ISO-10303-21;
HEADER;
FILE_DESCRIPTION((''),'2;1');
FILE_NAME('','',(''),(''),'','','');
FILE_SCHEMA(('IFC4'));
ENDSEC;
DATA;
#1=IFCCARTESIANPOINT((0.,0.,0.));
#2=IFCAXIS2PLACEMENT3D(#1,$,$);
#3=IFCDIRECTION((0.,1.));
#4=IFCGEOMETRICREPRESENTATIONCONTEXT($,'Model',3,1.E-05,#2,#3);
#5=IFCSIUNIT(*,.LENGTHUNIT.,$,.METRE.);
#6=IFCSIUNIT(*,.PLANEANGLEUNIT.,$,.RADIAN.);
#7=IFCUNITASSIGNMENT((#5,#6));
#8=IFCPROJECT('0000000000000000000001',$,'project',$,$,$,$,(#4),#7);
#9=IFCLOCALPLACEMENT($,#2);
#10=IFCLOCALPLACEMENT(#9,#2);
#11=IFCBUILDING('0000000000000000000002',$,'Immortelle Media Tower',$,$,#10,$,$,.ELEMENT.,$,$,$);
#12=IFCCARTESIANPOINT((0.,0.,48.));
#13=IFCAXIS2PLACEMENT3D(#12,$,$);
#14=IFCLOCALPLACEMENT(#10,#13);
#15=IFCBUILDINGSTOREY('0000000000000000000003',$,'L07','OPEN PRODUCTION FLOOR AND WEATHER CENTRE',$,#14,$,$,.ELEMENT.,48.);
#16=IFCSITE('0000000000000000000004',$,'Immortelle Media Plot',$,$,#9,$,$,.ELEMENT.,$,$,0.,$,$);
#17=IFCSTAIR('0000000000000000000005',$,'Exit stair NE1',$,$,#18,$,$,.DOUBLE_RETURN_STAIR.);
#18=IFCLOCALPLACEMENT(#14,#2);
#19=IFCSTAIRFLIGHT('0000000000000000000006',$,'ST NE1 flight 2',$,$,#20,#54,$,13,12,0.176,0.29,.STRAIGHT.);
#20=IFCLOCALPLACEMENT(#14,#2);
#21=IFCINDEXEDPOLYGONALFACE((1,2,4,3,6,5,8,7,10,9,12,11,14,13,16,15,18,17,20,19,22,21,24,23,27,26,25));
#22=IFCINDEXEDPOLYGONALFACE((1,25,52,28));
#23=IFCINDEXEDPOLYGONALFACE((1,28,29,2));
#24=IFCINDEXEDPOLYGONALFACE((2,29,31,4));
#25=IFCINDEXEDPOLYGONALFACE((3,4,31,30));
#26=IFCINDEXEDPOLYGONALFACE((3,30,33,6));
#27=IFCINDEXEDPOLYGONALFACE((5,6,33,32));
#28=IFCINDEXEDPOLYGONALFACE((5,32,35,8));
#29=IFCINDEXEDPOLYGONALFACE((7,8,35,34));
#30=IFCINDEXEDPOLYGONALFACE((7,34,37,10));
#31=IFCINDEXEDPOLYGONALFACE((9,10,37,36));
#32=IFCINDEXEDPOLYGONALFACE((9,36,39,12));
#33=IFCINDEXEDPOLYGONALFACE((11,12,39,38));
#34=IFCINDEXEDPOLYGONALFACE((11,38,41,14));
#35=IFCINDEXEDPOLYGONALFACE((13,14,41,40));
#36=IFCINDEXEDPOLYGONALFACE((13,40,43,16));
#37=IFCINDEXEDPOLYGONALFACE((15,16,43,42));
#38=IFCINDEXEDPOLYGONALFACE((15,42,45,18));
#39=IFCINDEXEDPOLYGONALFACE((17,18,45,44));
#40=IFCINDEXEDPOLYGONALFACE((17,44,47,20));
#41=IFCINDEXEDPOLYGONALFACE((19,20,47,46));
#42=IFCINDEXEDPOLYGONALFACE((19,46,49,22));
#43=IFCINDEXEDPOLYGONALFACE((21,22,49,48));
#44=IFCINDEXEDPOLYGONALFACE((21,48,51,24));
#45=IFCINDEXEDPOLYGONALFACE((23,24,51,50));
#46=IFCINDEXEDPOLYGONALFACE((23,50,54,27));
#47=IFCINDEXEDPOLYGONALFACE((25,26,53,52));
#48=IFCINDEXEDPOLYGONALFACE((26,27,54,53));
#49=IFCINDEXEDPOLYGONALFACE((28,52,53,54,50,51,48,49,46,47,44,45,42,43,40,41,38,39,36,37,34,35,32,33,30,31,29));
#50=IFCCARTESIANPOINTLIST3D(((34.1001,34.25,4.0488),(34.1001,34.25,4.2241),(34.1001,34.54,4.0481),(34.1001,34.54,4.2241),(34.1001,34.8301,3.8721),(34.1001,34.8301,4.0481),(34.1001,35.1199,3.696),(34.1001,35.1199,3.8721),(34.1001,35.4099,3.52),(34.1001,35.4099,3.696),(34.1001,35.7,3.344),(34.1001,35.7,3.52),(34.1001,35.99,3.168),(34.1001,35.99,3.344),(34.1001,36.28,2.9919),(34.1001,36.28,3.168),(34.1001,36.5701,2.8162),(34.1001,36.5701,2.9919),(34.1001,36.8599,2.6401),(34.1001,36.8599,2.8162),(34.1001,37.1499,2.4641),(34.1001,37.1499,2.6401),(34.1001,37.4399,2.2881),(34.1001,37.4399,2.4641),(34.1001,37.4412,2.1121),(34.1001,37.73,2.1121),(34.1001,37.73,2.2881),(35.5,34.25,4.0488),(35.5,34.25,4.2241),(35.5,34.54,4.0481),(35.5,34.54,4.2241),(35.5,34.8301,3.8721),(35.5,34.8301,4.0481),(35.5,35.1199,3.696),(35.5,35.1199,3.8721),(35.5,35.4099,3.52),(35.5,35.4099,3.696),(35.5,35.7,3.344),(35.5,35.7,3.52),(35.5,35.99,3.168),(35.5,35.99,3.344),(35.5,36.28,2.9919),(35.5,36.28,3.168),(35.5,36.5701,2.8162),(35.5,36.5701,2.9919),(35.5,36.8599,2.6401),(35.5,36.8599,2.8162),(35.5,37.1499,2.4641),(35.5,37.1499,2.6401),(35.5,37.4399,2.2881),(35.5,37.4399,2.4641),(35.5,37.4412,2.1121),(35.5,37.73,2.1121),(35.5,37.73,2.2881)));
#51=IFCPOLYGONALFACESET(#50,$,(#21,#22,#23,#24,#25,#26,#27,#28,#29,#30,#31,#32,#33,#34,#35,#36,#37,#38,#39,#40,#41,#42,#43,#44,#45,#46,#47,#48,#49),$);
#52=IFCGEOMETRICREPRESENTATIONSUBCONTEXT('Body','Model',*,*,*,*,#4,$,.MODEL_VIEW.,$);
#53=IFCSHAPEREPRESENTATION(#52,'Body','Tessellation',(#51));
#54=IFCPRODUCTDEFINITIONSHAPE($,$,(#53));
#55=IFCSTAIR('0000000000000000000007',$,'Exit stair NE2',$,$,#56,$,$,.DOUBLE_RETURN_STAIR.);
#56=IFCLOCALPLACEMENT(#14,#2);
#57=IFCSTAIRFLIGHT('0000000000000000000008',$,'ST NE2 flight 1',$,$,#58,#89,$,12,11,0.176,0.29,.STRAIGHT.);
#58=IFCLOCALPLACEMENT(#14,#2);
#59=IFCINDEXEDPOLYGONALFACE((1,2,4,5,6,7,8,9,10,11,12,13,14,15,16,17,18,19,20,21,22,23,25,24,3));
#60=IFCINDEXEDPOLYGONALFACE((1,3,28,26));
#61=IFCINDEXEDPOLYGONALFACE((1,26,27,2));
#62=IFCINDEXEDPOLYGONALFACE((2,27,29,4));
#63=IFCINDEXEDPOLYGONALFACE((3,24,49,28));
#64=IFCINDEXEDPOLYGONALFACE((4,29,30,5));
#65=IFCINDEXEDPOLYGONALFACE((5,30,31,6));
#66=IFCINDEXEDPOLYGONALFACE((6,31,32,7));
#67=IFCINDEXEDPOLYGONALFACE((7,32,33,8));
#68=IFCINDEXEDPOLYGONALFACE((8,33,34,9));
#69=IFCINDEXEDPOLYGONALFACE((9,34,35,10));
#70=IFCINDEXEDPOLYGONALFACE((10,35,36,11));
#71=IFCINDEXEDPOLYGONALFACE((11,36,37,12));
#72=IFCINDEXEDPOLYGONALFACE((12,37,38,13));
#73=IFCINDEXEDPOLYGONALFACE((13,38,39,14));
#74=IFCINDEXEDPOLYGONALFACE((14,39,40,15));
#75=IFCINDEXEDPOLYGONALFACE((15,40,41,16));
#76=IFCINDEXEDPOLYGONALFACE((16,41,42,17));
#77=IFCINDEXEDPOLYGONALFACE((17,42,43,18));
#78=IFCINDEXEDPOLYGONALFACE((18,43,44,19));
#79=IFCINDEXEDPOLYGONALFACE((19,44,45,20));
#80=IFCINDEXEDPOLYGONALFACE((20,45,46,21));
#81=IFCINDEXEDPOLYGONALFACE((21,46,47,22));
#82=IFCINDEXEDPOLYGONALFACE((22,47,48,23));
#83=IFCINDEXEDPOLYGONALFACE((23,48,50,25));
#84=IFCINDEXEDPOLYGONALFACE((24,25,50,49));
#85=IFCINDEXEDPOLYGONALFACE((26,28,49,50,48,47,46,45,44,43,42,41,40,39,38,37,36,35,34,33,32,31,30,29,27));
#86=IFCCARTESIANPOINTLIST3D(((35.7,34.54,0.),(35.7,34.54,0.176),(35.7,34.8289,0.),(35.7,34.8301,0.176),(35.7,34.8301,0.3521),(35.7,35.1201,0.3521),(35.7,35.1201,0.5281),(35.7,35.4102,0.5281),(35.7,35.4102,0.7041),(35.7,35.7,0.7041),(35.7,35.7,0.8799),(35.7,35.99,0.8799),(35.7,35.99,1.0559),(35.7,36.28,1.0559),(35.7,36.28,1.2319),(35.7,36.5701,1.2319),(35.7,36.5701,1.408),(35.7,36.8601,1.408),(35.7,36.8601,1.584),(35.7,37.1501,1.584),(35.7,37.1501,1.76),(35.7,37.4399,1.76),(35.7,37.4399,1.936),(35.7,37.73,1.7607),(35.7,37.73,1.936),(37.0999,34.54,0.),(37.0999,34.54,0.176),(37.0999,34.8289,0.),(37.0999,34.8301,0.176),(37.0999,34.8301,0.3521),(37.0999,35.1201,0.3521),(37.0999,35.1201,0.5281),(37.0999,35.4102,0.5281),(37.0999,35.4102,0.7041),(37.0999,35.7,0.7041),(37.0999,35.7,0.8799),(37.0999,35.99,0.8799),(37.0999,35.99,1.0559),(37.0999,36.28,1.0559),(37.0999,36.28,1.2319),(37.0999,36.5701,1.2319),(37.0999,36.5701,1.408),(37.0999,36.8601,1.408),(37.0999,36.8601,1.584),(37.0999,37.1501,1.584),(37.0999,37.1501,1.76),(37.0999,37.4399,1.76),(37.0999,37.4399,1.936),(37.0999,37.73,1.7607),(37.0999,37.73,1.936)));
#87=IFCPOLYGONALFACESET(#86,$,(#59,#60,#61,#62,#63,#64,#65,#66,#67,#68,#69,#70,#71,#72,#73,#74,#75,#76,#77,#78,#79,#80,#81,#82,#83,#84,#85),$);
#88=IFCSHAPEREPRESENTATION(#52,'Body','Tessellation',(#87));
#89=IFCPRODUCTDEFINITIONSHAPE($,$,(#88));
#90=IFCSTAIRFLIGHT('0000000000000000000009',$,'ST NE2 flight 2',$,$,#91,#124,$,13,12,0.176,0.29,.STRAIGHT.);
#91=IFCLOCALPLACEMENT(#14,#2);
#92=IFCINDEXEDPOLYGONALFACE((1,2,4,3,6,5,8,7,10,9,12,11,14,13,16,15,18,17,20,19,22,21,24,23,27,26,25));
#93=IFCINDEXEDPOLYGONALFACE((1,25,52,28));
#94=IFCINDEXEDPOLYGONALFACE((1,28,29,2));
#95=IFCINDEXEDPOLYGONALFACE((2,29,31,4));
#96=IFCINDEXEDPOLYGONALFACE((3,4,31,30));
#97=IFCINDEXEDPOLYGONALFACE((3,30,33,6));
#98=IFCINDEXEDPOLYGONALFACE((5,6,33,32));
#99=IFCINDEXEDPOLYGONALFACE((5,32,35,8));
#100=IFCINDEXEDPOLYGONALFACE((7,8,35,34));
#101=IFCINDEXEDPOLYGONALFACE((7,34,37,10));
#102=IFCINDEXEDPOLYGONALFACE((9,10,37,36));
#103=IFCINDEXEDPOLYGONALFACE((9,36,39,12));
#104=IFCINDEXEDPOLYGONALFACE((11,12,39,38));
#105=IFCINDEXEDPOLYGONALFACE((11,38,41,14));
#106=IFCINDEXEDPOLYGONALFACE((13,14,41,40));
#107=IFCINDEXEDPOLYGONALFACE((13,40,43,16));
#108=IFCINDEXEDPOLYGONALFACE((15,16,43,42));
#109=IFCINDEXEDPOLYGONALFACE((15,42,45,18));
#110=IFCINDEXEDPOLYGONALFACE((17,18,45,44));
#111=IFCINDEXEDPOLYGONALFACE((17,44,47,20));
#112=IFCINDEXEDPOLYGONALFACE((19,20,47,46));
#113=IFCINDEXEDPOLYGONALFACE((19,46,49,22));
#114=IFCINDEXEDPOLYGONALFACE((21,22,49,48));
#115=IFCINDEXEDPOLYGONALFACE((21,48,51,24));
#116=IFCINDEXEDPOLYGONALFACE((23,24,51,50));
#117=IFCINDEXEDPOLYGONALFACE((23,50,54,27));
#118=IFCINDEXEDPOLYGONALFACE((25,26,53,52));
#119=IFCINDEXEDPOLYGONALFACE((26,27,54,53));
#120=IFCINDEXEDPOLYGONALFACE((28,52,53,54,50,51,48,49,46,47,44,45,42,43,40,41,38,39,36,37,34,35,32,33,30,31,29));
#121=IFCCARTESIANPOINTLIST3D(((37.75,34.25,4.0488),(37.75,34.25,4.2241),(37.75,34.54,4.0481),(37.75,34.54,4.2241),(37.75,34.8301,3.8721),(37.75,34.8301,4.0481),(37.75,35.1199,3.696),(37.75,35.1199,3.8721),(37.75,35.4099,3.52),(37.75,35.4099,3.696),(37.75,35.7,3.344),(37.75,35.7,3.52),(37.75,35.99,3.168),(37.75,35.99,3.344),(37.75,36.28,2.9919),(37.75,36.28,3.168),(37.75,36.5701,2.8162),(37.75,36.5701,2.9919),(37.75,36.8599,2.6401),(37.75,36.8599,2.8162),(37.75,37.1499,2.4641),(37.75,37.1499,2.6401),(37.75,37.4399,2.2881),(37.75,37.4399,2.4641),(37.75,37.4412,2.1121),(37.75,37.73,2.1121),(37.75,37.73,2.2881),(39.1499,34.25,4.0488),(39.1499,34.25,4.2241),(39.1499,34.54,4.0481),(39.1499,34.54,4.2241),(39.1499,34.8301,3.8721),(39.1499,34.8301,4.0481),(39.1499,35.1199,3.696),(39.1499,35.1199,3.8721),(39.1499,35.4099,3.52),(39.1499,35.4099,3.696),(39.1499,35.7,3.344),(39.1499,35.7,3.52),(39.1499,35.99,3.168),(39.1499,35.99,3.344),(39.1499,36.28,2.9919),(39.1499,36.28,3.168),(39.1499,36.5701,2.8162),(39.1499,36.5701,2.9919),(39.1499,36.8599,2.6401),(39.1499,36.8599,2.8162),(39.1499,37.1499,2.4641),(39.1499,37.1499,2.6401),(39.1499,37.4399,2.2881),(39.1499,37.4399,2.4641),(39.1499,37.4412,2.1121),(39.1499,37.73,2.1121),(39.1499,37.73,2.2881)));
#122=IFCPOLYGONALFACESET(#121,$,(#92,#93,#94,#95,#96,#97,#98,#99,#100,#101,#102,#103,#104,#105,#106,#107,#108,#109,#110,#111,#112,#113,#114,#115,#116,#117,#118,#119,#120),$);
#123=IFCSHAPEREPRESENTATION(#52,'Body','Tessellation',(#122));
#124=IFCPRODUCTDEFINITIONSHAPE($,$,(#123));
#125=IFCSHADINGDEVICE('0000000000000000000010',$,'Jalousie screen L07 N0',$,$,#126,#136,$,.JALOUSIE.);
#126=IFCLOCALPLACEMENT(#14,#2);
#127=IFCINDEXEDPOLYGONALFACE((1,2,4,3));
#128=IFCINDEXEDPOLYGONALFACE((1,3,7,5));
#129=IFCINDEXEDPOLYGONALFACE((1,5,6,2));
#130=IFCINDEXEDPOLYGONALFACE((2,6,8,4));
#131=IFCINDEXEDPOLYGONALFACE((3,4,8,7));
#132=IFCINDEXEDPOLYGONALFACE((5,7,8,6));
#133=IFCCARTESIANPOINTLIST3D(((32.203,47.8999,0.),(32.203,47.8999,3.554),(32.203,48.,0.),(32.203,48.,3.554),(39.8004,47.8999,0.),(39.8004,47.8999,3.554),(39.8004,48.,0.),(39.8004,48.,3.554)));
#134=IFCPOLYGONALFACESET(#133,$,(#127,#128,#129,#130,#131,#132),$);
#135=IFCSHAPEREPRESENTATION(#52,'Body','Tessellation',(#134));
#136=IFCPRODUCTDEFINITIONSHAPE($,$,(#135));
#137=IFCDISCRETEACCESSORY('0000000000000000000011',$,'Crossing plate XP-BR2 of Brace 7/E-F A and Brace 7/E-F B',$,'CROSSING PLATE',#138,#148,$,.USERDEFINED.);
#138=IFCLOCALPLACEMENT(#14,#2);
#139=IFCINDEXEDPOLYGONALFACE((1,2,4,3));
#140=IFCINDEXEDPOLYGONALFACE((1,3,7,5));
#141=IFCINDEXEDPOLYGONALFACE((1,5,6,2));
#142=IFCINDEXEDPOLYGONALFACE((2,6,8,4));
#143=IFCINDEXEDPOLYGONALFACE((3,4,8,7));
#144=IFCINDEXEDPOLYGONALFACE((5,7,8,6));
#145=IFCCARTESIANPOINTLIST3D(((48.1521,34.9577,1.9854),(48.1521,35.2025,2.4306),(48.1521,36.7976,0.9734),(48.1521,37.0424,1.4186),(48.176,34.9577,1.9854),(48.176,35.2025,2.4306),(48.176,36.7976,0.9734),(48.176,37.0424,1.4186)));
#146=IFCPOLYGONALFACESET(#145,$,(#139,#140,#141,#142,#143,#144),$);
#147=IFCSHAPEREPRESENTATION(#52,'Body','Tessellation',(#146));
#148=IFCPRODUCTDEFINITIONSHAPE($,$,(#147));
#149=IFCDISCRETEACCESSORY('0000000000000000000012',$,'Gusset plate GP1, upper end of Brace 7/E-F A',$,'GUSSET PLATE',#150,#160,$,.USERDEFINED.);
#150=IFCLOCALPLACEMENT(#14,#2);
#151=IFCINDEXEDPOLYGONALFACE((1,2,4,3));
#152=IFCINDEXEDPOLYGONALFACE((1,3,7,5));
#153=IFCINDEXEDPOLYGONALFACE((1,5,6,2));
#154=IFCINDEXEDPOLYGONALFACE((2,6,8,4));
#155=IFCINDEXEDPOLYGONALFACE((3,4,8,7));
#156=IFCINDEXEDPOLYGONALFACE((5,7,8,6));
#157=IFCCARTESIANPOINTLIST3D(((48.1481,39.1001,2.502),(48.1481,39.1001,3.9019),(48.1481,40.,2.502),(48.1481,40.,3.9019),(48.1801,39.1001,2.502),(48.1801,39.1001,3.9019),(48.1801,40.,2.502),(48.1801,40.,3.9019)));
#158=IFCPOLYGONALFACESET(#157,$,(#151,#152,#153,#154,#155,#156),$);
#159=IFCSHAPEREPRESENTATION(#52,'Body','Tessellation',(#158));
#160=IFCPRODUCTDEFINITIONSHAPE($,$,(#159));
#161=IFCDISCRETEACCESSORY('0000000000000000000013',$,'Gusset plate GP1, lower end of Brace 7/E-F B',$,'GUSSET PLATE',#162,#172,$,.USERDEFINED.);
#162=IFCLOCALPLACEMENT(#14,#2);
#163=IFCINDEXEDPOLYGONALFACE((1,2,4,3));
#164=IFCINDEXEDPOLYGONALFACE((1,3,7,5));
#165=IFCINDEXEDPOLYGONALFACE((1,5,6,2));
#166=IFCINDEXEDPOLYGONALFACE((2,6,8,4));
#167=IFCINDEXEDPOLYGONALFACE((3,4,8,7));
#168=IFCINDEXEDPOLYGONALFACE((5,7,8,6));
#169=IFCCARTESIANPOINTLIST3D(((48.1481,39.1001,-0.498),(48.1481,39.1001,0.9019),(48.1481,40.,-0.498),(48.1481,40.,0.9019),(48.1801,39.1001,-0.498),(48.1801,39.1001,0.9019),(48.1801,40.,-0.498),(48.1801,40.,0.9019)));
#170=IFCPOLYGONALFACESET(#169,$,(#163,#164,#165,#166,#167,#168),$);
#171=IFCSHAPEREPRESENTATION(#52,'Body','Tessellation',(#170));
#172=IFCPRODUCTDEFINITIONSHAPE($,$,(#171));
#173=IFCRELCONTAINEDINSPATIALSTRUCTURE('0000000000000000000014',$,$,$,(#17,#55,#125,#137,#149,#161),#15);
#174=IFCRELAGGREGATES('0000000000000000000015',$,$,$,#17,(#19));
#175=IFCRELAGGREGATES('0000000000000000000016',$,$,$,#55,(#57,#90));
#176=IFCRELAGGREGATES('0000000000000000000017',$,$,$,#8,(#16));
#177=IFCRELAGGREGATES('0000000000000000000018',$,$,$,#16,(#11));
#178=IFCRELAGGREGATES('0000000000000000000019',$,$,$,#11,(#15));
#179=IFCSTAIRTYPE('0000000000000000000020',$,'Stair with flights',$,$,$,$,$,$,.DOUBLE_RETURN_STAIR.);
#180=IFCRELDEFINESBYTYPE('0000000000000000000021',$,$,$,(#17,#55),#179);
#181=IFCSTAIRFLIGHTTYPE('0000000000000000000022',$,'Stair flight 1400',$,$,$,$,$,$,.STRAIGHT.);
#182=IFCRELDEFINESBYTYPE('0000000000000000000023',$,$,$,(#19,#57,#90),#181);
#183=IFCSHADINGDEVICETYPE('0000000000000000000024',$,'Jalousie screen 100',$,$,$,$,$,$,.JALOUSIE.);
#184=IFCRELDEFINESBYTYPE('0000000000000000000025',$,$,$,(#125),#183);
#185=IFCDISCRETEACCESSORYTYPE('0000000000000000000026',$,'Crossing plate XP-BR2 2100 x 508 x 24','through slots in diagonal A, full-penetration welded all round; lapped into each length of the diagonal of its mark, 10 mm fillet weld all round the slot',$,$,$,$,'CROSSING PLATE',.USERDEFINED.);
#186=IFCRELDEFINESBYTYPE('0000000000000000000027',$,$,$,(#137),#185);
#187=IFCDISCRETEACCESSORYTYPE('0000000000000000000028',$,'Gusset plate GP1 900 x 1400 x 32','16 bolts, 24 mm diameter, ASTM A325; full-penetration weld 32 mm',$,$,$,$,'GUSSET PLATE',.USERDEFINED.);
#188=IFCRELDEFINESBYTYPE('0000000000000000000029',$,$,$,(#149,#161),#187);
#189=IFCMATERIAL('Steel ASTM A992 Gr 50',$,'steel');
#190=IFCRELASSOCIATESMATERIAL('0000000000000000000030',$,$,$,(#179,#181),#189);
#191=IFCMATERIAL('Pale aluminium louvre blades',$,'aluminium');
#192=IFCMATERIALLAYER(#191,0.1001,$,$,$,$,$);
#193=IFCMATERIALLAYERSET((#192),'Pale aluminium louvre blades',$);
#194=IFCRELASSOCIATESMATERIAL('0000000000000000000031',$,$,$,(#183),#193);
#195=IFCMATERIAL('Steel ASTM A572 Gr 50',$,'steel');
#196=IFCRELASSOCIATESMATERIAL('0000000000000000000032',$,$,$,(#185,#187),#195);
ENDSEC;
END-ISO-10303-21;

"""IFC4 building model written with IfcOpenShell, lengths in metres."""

from ifc_helpers import new_model, si_unit, direction, frame, origin, origin_2d, place, context, subcontext, project, spatial, polyline, rectangle, outline, extrude, material, layer, layer_set, material_profile, profile_set, type_object, element, aggregate, save


model = new_model("IFC4")

# Units and contexts
model_context = context("Model", 3, precision=1e-05, world=origin(), true_north=direction((0.0, 1.0)))
body_context = subcontext(model_context, "Body", "Model", "MODEL_VIEW")
ifc_project = project(units=[si_unit("LENGTHUNIT", "METRE"), si_unit("PLANEANGLEUNIT", "RADIAN")], contexts=[model_context])

# Site, building, storey
site_placement = place(None, origin())
site = spatial("IfcSite", under=ifc_project, at=site_placement, Name="Immortelle Media Plot", CompositionType="ELEMENT", RefElevation=0.0)
building_placement = place(site_placement, origin())
building = spatial("IfcBuilding", under=site, at=building_placement, Name="Immortelle Media Tower", CompositionType="ELEMENT")
storey_placement = place(building_placement, frame((0.0, 0.0, 48.0)))
storey = spatial("IfcBuildingStorey", under=building, at=storey_placement, Name="L07", Description="OPEN PRODUCTION FLOOR AND WEATHER CENTRE", CompositionType="ELEMENT", Elevation=48.0)

# Shared definitions
ifc_material_1 = material(Name="Steel ASTM A992 Gr 50", Category="steel")

# Stair, stair flight
stair_type = type_object("IfcStairType", Name="Stair with flights", PredefinedType="DOUBLE_RETURN_STAIR", material=ifc_material_1)
stair_1_placement = place(storey_placement, origin())
stair_1 = element("IfcStair", 1, at=stair_1_placement, inside=storey, type_object=stair_type, Name="Exit stair NE1", PredefinedType="DOUBLE_RETURN_STAIR")
stair_flight_type = type_object("IfcStairFlightType", Name="Stair flight 1400", PredefinedType="STRAIGHT", material=ifc_material_1)
stair_flight_1_placement = place(storey_placement, frame((34.8, 37.73, 2.1121), z_axis=(0.0, 0.0, 1.0), x_axis=(0.0, -1.0, 0.0)))
stair_flight_1 = element("IfcStairFlight", 2, at=stair_flight_1_placement, type_object=stair_flight_type, Name="ST NE1 flight 2", NumberOfRisers=13, NumberOfTreads=12, PredefinedType="STRAIGHT", RiserHeight=0.176, TreadLength=0.29, context=body_context, shape_type="SweptSolid", body=[
    extrude(outline(polyline([(0.0, 0.0), (0.0, 0.176), (0.29, 0.176), (0.29, 0.3521), (0.5801, 0.3521), (0.5801, 0.5281), (0.8701, 0.5281), (0.8701, 0.7041), (1.1599, 0.7041), (1.1599, 0.8799), (1.45, 0.8799), (1.45, 1.0559), (1.74, 1.0559), (1.74, 1.2319), (2.03, 1.2319), (2.03, 1.408), (2.3201, 1.408), (2.3201, 1.584), (2.6101, 1.584), (2.6101, 1.76), (2.8999, 1.76), (2.8999, 1.936), (3.1899, 1.936), (3.1899, 2.1121), (3.48, 2.1121), (3.48, 2.2881), (3.48, 1.9368), (0.2888, 0.0), (0.0, 0.0)])), frame((0.0, 0.7, 0.0), z_axis=(0.0, -1.0, 0.0), x_axis=(1.0, 0.0, 0.0)), (0.0, 0.0, 1.0), 1.3999),
])
aggregate(stair_1, [stair_flight_1])

# Stair, stair flights
stair_2_placement = place(storey_placement, origin())
stair_2 = element("IfcStair", 3, at=stair_2_placement, inside=storey, type_object=stair_type, Name="Exit stair NE2", PredefinedType="DOUBLE_RETURN_STAIR")
stair_flight_2_placement = place(storey_placement, frame((36.3999, 34.54, 0.0), z_axis=(0.0, 0.0, 1.0), x_axis=(0.0, 1.0, 0.0)))
stair_flight_2 = element("IfcStairFlight", 4, at=stair_flight_2_placement, type_object=stair_flight_type, Name="ST NE2 flight 1", NumberOfRisers=12, NumberOfTreads=11, PredefinedType="STRAIGHT", RiserHeight=0.176, TreadLength=0.29, context=body_context, shape_type="SweptSolid", body=[
    extrude(outline(polyline([(0.0, 0.0), (0.0, 0.176), (0.29, 0.176), (0.29, 0.3521), (0.5801, 0.3521), (0.5801, 0.5281), (0.8701, 0.5281), (0.8701, 0.7041), (1.1599, 0.7041), (1.1599, 0.8799), (1.45, 0.8799), (1.45, 1.0559), (1.74, 1.0559), (1.74, 1.2319), (2.03, 1.2319), (2.03, 1.408), (2.3201, 1.408), (2.3201, 1.584), (2.6101, 1.584), (2.6101, 1.76), (2.8999, 1.76), (2.8999, 1.936), (3.1899, 1.936), (3.1899, 2.1121), (3.1899, 1.7607), (0.2888, 0.0), (0.0, 0.0)])), frame((0.0, 0.7, 0.0), z_axis=(0.0, -1.0, 0.0), x_axis=(1.0, 0.0, 0.0)), (0.0, 0.0, 1.0), 1.3999),
])
stair_flight_3_placement = place(storey_placement, frame((38.45, 37.73, 2.1121), z_axis=(0.0, 0.0, 1.0), x_axis=(0.0, -1.0, 0.0)))
stair_flight_3 = element("IfcStairFlight", 5, at=stair_flight_3_placement, type_object=stair_flight_type, Name="ST NE2 flight 2", NumberOfRisers=13, NumberOfTreads=12, PredefinedType="STRAIGHT", RiserHeight=0.176, TreadLength=0.29, context=body_context, shape_type="SweptSolid", body=[
    extrude(outline(polyline([(0.0, 0.0), (0.0, 0.176), (0.29, 0.176), (0.29, 0.3521), (0.5801, 0.3521), (0.5801, 0.5281), (0.8701, 0.5281), (0.8701, 0.7041), (1.1599, 0.7041), (1.1599, 0.8799), (1.45, 0.8799), (1.45, 1.0559), (1.74, 1.0559), (1.74, 1.2319), (2.03, 1.2319), (2.03, 1.408), (2.3201, 1.408), (2.3201, 1.584), (2.6101, 1.584), (2.6101, 1.76), (2.8999, 1.76), (2.8999, 1.936), (3.1899, 1.936), (3.1899, 2.1121), (3.48, 2.1121), (3.48, 2.2881), (3.48, 1.9368), (0.2888, 0.0), (0.0, 0.0)])), frame((0.0, 0.7, 0.0), z_axis=(0.0, -1.0, 0.0), x_axis=(1.0, 0.0, 0.0)), (0.0, 0.0, 1.0), 1.3999),
])
aggregate(stair_2, [stair_flight_2, stair_flight_3])

# Shading device
ifc_material_2 = material(Name="Pale aluminium louvre blades", Category="aluminium")
ifc_layer_1 = layer(ifc_material_2, 0.1001)
ifc_layer_set_1 = layer_set([ifc_layer_1], Name="Pale aluminium louvre blades")
shading_device_type = type_object("IfcShadingDeviceType", Name="Jalousie screen 100", PredefinedType="JALOUSIE", material=ifc_layer_set_1)
shading_device_placement = place(storey_placement, frame((36.0017, 47.95, 0.0), z_axis=(0.0, 0.0, 1.0), x_axis=(-1.0, 0.0, 0.0)))
element("IfcShadingDevice", 6, at=shading_device_placement, inside=storey, type_object=shading_device_type, Name="Jalousie screen L07 N0", PredefinedType="JALOUSIE", context=body_context, shape_type="SweptSolid", body=[
    extrude(rectangle(XDim=7.5974, YDim=0.1001, at=origin_2d()), origin(), (0.0, 0.0, 1.0), 3.554),
])

# Discrete accessories
ifc_material_3 = material(Name="Steel ASTM A572 Gr 50", Category="steel")
ifc_material_profile_1 = material_profile(ifc_material_3, rectangle(XDim=0.0239, YDim=0.5081, at=origin_2d()), Name="PL 24 x 508")
ifc_profile_set_1 = profile_set([ifc_material_profile_1], Name="Steel ASTM A572 Gr 50")
discrete_accessory_type_1 = type_object("IfcDiscreteAccessoryType", Name="Crossing plate XP-BR2 2100 x 508 x 24", Description="through slots in diagonal A, full-penetration welded all round; lapped into each length of the diagonal of its mark, 10 mm fillet weld all round the slot", ElementType="CROSSING PLATE", PredefinedType="USERDEFINED", material=ifc_profile_set_1)
discrete_accessory_placement = place(storey_placement, frame((48.1641, 35.0801, 2.208), z_axis=(0.0, 0.876206, -0.481937), x_axis=(-1.0, 0.0, 0.0)))
element("IfcDiscreteAccessory", 7, at=discrete_accessory_placement, inside=storey, type_object=discrete_accessory_type_1, Name="Crossing plate XP-BR2 of Brace 7/E-F A and Brace 7/E-F B", ObjectType="CROSSING PLATE", PredefinedType="USERDEFINED", context=body_context, shape_type="SweptSolid", body=[
    extrude(rectangle(XDim=0.0239, YDim=0.5081, at=origin_2d()), origin(), (0.0, 0.0, 1.0), 2.0999),
])
ifc_material_profile_2 = material_profile(ifc_material_3, rectangle(XDim=0.032, YDim=1.3999, at=origin_2d()), Name="PL 32 x 1400")
ifc_profile_set_2 = profile_set([ifc_material_profile_2], Name="Steel ASTM A572 Gr 50")
discrete_accessory_type_2 = type_object("IfcDiscreteAccessoryType", Name="Gusset plate GP1 900 x 1400 x 32", Description="16 bolts, 24 mm diameter, ASTM A325; full-penetration weld 32 mm", ElementType="GUSSET PLATE", PredefinedType="USERDEFINED", material=ifc_profile_set_2)
for number, where, z_axis, x_axis, name in (
    (8, (48.1641, 40.0, 3.2019), (0.0, -1.0, 0.0), (1.0, 0.0, 0.0), "Gusset plate GP1, upper end of Brace 7/E-F A"),
    (9, (48.1641, 40.0, 0.2019), (0.0, -1.0, 0.0), (1.0, 0.0, 0.0), "Gusset plate GP1, lower end of Brace 7/E-F B"),
):
    element("IfcDiscreteAccessory", number, at=place(storey_placement, frame(where, z_axis=z_axis, x_axis=x_axis)), inside=storey, type_object=discrete_accessory_type_2, Name=name, ObjectType="GUSSET PLATE", PredefinedType="USERDEFINED", context=body_context, shape_type="SweptSolid", body=[
        extrude(rectangle(XDim=0.032, YDim=1.3999, at=origin_2d()), origin(), (0.0, 0.0, 1.0), 0.8999),
    ])

save(model, "model.ifc")
